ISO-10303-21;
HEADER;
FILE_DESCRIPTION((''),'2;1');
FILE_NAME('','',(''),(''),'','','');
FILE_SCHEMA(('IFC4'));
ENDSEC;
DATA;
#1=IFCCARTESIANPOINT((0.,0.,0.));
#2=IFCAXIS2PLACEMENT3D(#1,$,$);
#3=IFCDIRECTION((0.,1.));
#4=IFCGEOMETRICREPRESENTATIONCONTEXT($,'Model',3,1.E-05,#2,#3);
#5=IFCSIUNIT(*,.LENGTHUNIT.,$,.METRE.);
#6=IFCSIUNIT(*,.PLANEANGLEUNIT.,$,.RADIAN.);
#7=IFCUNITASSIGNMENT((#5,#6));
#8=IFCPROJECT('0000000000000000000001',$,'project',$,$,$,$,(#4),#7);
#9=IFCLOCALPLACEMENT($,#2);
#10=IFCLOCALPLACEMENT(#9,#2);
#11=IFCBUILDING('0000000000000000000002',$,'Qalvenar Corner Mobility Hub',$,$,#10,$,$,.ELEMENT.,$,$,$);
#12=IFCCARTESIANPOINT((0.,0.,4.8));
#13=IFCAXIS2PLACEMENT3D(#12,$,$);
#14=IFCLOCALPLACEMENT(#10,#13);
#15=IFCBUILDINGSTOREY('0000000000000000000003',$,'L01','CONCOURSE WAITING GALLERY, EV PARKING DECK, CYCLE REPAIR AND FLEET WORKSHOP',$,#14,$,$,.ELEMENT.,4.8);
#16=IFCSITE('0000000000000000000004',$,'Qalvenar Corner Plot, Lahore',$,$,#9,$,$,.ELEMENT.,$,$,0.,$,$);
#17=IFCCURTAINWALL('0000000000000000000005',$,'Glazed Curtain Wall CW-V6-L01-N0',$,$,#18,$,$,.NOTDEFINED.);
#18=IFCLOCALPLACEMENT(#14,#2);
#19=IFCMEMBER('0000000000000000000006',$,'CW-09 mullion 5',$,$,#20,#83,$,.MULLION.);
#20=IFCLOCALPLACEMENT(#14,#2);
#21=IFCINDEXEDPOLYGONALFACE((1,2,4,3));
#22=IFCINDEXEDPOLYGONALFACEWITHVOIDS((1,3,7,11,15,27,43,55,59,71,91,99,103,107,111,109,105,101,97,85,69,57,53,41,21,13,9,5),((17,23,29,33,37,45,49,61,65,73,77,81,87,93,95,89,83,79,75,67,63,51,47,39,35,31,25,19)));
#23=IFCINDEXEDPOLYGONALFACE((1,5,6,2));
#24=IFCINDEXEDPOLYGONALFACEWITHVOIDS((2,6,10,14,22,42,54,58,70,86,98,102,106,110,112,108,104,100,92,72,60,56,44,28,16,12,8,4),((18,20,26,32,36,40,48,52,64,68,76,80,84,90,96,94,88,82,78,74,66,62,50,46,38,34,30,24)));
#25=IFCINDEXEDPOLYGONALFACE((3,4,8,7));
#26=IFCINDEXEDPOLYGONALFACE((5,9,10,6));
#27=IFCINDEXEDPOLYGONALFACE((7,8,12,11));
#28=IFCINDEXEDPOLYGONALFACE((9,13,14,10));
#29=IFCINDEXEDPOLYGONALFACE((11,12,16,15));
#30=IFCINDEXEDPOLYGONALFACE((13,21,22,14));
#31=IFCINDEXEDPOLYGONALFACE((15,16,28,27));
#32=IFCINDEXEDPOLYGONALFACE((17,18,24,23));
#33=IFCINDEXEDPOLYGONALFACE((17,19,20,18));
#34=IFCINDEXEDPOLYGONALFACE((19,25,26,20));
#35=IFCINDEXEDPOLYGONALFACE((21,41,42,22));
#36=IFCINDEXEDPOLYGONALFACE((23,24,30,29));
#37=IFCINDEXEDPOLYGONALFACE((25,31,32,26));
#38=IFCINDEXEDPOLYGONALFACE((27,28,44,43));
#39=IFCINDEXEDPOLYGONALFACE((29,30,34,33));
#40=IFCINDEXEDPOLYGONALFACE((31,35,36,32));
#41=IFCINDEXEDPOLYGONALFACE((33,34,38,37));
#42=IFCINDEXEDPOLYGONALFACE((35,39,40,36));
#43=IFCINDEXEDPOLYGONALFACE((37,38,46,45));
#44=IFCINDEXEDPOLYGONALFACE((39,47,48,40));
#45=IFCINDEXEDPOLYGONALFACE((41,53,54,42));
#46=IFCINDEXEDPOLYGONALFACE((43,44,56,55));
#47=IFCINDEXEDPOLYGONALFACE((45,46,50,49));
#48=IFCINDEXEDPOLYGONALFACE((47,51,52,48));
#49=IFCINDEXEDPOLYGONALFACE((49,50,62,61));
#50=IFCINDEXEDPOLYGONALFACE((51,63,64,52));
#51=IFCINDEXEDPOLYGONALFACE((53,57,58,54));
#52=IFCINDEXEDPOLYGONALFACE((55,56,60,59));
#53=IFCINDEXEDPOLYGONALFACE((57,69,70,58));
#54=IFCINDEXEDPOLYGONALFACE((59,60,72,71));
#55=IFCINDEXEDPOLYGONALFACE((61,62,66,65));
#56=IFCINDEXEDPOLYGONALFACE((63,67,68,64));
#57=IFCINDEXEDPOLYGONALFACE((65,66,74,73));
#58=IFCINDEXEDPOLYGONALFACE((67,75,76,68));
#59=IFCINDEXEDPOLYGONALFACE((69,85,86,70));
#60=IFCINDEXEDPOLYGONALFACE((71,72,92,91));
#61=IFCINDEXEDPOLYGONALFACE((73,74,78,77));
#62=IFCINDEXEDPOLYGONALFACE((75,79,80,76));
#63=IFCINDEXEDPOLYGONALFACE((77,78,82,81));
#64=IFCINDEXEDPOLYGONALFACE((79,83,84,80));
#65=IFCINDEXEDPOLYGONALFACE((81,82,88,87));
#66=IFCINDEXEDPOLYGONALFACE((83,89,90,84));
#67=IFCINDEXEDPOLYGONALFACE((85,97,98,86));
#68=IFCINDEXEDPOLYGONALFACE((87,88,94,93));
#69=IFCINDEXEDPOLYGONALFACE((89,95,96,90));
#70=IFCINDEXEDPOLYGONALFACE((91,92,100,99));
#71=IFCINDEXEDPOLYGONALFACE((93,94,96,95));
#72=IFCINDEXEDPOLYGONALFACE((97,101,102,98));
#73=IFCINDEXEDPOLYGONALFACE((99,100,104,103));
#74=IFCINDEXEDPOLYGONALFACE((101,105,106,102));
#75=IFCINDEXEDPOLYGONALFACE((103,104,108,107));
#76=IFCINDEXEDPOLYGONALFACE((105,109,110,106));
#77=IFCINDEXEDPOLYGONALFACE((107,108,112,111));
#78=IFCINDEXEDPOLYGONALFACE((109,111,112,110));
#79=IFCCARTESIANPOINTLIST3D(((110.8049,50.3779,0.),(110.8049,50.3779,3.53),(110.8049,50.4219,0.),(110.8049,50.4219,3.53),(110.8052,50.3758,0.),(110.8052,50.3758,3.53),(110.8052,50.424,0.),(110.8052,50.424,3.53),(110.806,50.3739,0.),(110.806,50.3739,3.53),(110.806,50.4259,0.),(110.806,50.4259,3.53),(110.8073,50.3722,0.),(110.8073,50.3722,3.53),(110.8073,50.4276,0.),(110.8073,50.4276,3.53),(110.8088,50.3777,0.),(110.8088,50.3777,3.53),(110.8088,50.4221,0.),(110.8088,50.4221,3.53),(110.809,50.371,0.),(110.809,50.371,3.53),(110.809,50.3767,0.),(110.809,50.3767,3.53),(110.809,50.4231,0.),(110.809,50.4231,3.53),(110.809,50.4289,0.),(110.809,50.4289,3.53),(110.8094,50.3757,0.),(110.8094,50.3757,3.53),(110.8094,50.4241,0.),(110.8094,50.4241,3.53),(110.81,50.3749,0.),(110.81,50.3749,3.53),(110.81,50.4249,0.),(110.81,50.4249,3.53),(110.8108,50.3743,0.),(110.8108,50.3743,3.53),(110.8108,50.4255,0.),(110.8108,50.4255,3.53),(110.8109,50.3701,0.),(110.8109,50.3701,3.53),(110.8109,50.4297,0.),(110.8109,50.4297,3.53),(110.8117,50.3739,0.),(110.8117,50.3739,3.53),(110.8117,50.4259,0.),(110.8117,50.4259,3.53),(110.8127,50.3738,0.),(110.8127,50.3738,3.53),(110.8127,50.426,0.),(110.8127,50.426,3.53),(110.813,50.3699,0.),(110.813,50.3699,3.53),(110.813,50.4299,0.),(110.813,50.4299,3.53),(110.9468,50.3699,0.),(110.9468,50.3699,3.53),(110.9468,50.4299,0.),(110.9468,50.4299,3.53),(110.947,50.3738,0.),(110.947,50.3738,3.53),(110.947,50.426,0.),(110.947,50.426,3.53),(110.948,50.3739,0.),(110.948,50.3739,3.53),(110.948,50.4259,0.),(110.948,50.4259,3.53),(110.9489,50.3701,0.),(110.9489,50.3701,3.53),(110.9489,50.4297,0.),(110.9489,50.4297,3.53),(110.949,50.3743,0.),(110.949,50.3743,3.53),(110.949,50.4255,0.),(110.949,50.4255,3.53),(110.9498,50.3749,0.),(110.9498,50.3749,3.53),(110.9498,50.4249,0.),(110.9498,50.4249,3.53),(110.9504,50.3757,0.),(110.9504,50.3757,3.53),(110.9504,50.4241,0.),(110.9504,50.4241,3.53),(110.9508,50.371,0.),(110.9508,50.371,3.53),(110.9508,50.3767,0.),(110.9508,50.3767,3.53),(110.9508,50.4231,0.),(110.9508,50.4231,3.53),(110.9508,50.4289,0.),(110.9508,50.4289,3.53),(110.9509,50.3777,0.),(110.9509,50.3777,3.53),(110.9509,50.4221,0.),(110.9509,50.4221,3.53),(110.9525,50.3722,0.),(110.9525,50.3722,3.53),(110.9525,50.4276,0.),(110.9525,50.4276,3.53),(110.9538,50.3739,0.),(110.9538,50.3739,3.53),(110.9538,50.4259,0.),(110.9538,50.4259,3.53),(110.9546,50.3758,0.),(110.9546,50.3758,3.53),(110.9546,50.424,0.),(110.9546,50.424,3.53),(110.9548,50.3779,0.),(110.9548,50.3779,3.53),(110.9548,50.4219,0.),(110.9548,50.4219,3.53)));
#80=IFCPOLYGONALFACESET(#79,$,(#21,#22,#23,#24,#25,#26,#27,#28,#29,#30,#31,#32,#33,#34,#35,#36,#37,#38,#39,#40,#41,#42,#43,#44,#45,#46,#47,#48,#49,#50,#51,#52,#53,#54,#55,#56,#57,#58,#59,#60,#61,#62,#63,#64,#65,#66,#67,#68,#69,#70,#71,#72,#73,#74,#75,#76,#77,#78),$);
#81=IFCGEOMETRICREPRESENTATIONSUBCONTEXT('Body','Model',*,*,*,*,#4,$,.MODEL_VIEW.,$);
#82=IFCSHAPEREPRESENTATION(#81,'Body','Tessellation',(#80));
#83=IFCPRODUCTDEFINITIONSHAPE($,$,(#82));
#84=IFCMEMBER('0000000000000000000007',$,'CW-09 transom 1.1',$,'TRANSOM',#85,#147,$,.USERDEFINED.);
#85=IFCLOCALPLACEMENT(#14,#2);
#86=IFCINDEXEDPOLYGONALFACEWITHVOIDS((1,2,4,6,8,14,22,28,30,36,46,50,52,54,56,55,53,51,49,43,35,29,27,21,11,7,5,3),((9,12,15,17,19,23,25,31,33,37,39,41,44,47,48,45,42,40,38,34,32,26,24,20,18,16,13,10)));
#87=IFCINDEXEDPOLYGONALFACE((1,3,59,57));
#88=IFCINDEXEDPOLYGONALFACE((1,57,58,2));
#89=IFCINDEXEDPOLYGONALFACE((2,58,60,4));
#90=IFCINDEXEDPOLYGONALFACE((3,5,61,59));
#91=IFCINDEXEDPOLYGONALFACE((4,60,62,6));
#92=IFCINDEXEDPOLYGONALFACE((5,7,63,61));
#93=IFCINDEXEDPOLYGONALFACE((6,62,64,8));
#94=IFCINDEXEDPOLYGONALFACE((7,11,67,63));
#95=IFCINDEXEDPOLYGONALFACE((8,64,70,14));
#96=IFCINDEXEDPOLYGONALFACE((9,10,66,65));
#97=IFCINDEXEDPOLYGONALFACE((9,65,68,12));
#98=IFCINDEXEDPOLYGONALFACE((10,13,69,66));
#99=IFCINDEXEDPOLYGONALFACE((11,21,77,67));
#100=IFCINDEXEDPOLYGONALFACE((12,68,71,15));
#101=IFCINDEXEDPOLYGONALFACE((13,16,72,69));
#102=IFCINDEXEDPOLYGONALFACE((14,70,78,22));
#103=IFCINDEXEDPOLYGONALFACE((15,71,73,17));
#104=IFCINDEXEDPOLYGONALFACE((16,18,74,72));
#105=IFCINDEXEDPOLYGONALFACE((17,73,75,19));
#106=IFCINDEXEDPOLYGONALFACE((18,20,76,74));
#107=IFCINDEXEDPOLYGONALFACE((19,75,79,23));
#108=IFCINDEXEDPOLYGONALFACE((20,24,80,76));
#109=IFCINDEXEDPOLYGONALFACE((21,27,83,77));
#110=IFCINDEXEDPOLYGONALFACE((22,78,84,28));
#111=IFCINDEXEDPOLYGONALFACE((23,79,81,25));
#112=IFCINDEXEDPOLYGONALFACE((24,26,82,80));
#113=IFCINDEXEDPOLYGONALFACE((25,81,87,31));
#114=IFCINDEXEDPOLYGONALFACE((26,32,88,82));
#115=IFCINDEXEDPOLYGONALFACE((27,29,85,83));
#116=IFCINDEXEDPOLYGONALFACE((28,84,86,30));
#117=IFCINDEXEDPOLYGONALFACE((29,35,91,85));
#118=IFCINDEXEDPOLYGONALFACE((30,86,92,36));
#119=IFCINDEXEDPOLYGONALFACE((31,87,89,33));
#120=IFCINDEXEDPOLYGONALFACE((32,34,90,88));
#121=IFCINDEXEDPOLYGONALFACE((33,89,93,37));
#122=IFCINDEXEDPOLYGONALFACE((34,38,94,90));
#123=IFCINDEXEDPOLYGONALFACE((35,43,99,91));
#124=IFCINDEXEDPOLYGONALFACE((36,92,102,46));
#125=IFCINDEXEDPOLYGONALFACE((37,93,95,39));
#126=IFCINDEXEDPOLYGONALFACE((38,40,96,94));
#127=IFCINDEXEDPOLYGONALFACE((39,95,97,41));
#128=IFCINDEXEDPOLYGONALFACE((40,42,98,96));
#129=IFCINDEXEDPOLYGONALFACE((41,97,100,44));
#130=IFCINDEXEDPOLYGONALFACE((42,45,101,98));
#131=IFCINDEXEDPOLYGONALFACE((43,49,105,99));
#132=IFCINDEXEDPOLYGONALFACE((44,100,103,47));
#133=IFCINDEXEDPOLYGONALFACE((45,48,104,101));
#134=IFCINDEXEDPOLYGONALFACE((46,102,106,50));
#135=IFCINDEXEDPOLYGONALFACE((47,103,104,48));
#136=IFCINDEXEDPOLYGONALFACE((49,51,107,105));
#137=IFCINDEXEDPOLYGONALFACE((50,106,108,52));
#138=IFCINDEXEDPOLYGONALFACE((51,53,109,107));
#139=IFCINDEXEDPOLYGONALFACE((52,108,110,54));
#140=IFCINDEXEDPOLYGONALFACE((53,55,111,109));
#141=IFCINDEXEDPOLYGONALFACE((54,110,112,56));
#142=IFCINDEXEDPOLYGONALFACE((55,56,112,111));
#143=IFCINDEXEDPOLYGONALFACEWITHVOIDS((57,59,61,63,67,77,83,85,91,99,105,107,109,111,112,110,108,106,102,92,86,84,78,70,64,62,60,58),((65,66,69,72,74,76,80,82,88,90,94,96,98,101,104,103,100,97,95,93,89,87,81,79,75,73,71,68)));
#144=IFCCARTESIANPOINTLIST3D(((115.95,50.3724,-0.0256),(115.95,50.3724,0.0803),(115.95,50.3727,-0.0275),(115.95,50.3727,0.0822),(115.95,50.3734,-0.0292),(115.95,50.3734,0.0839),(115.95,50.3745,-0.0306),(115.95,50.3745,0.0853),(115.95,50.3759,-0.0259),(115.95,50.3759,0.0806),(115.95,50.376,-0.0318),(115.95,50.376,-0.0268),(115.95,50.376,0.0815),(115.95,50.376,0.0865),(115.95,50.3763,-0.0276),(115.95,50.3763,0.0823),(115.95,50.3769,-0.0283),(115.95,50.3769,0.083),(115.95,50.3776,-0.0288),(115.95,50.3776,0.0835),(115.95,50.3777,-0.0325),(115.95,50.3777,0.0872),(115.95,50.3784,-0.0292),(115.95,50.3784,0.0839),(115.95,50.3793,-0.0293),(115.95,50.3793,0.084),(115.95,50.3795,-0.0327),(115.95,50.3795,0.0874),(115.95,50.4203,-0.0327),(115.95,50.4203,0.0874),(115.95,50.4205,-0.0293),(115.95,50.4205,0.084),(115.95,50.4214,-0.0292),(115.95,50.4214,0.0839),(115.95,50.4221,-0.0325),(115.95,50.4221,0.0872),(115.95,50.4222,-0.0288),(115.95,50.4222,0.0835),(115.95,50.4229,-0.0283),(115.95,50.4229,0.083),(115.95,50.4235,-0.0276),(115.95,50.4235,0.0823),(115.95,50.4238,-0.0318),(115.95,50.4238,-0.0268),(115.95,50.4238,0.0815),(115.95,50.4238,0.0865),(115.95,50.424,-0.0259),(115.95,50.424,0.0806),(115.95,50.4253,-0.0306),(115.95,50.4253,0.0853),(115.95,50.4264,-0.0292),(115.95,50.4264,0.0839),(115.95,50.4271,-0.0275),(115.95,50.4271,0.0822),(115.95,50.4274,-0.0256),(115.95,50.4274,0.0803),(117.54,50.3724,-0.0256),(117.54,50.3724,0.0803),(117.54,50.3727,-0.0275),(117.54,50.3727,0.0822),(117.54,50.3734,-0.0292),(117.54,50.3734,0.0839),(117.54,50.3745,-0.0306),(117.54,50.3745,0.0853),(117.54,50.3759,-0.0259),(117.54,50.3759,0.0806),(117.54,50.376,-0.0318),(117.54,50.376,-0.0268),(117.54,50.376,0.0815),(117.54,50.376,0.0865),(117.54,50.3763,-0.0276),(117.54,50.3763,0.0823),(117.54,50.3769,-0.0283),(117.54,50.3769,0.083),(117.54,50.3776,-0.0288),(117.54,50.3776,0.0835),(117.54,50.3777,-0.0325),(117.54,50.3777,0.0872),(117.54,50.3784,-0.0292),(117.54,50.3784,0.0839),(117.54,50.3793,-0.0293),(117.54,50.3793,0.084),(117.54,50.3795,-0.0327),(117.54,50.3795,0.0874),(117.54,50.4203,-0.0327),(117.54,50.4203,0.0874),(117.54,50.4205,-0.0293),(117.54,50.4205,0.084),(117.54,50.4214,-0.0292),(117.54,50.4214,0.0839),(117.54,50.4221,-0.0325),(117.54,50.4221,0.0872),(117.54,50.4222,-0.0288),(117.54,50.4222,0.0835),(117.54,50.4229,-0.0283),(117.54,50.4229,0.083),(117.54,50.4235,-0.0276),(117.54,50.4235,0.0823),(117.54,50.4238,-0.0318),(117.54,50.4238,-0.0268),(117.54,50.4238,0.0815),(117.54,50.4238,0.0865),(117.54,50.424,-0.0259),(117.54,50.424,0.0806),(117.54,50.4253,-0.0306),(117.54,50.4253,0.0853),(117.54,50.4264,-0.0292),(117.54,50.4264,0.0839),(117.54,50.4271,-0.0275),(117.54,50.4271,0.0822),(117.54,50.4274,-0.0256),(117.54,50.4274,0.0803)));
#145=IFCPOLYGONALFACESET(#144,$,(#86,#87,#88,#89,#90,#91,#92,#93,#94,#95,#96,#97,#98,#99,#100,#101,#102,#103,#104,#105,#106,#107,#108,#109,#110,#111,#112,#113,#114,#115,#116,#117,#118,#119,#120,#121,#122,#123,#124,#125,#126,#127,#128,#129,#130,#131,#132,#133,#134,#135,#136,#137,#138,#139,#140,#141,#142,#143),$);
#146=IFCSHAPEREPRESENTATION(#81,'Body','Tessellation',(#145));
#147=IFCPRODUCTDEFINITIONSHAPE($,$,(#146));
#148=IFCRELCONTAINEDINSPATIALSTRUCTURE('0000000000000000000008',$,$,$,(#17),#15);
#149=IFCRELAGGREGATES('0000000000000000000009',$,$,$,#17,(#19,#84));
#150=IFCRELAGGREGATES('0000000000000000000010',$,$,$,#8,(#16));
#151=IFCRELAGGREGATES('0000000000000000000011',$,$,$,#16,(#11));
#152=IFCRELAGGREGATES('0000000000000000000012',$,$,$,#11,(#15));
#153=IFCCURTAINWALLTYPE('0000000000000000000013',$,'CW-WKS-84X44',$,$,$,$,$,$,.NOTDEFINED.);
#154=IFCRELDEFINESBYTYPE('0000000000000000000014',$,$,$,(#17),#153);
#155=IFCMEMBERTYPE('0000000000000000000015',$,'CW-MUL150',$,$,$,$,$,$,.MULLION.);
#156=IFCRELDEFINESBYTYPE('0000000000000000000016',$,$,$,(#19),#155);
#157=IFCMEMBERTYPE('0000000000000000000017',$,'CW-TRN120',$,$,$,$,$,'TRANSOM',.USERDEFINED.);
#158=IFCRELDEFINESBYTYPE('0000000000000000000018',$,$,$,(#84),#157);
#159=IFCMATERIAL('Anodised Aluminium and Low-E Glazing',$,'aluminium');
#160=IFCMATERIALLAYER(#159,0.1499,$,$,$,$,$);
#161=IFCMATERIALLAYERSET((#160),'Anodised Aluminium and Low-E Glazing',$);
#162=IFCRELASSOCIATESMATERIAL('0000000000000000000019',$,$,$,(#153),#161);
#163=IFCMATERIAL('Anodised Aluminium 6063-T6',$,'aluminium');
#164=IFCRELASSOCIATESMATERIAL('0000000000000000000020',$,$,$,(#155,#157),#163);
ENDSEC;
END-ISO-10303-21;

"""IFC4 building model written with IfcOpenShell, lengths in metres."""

from ifc_helpers import new_model, si_unit, direction, frame, origin, origin_2d, place, context, subcontext, project, spatial, hollow_rectangle, extrude, material, layer, layer_set, material_profile, profile_set, type_object, element, aggregate, save


model = new_model("IFC4")

# Units and contexts
model_context = context("Model", 3, precision=1e-05, world=origin(), true_north=direction((0.0, 1.0)))
body_context = subcontext(model_context, "Body", "Model", "MODEL_VIEW")
ifc_project = project(units=[si_unit("LENGTHUNIT", "METRE"), si_unit("PLANEANGLEUNIT", "RADIAN")], contexts=[model_context])

# Site, building, storey
site_placement = place(None, origin())
site = spatial("IfcSite", under=ifc_project, at=site_placement, Name="Qalvenar Corner Plot, Lahore", CompositionType="ELEMENT", RefElevation=0.0)
building_placement = place(site_placement, origin())
building = spatial("IfcBuilding", under=site, at=building_placement, Name="Qalvenar Corner Mobility Hub", CompositionType="ELEMENT")
storey_placement = place(building_placement, frame((0.0, 0.0, 4.8)))
storey = spatial("IfcBuildingStorey", under=building, at=storey_placement, Name="L01", Description="CONCOURSE WAITING GALLERY, EV PARKING DECK, CYCLE REPAIR AND FLEET WORKSHOP", CompositionType="ELEMENT", Elevation=4.8)

# Curtain wall, members
ifc_material_1 = material(Name="Anodised Aluminium and Low-E Glazing", Category="aluminium")
ifc_layer_1 = layer(ifc_material_1, 0.1499)
ifc_layer_set_1 = layer_set([ifc_layer_1], Name="Anodised Aluminium and Low-E Glazing")
curtain_wall_type = type_object("IfcCurtainWallType", Name="CW-WKS-84X44", PredefinedType="NOTDEFINED", material=ifc_layer_set_1)
curtain_wall_placement = place(storey_placement, origin())
curtain_wall = element("IfcCurtainWall", 1, at=curtain_wall_placement, inside=storey, type_object=curtain_wall_type, Name="Glazed Curtain Wall CW-V6-L01-N0", PredefinedType="NOTDEFINED")
ifc_material_2 = material(Name="Anodised Aluminium 6063-T6", Category="aluminium")
ifc_material_profile_1 = material_profile(ifc_material_2, hollow_rectangle(XDim=0.0601, YDim=0.1499, WallThickness=0.0039, InnerFilletRadius=0.0039, OuterFilletRadius=0.0081, at=origin_2d()), Name="RHS150x60x4")
ifc_profile_set_1 = profile_set([ifc_material_profile_1], Name="Anodised Aluminium 6063-T6")
member_type_1 = type_object("IfcMemberType", Name="CW-MUL150", PredefinedType="MULLION", material=ifc_profile_set_1)
member_1_placement = place(storey_placement, frame((110.8799, 50.3999, 0.0), z_axis=(0.0, 0.0, 1.0), x_axis=(0.0, -1.0, 0.0)))
member_1 = element("IfcMember", 2, at=member_1_placement, type_object=member_type_1, Name="CW-09 mullion 5", PredefinedType="MULLION", context=body_context, shape_type="SweptSolid", body=[
    extrude(hollow_rectangle(XDim=0.0601, YDim=0.1499, WallThickness=0.0039, InnerFilletRadius=0.0039, OuterFilletRadius=0.0081, at=origin_2d()), origin(), (0.0, 0.0, 1.0), 3.53),
])
ifc_material_profile_2 = material_profile(ifc_material_2, hollow_rectangle(XDim=0.0549, YDim=0.1201, WallThickness=0.0034, InnerFilletRadius=0.0034, OuterFilletRadius=0.0071, at=origin_2d()), Name="RHS120x55x3.5")
ifc_profile_set_2 = profile_set([ifc_material_profile_2], Name="Anodised Aluminium 6063-T6")
member_type_2 = type_object("IfcMemberType", Name="CW-TRN120", ElementType="TRANSOM", PredefinedType="USERDEFINED", material=ifc_profile_set_2)
member_2_placement = place(storey_placement, frame((117.54, 50.3999, 0.0273), z_axis=(-1.0, 0.0, 0.0), x_axis=(0.0, -1.0, 0.0)))
member_2 = element("IfcMember", 3, at=member_2_placement, type_object=member_type_2, Name="CW-09 transom 1.1", ObjectType="TRANSOM", PredefinedType="USERDEFINED", context=body_context, shape_type="SweptSolid", body=[
    extrude(hollow_rectangle(XDim=0.0549, YDim=0.1201, WallThickness=0.0034, InnerFilletRadius=0.0034, OuterFilletRadius=0.0071, at=origin_2d()), origin(), (0.0, 0.0, 1.0), 1.5901),
])

aggregate(curtain_wall, [member_1, member_2])

save(model, "model.ifc")
